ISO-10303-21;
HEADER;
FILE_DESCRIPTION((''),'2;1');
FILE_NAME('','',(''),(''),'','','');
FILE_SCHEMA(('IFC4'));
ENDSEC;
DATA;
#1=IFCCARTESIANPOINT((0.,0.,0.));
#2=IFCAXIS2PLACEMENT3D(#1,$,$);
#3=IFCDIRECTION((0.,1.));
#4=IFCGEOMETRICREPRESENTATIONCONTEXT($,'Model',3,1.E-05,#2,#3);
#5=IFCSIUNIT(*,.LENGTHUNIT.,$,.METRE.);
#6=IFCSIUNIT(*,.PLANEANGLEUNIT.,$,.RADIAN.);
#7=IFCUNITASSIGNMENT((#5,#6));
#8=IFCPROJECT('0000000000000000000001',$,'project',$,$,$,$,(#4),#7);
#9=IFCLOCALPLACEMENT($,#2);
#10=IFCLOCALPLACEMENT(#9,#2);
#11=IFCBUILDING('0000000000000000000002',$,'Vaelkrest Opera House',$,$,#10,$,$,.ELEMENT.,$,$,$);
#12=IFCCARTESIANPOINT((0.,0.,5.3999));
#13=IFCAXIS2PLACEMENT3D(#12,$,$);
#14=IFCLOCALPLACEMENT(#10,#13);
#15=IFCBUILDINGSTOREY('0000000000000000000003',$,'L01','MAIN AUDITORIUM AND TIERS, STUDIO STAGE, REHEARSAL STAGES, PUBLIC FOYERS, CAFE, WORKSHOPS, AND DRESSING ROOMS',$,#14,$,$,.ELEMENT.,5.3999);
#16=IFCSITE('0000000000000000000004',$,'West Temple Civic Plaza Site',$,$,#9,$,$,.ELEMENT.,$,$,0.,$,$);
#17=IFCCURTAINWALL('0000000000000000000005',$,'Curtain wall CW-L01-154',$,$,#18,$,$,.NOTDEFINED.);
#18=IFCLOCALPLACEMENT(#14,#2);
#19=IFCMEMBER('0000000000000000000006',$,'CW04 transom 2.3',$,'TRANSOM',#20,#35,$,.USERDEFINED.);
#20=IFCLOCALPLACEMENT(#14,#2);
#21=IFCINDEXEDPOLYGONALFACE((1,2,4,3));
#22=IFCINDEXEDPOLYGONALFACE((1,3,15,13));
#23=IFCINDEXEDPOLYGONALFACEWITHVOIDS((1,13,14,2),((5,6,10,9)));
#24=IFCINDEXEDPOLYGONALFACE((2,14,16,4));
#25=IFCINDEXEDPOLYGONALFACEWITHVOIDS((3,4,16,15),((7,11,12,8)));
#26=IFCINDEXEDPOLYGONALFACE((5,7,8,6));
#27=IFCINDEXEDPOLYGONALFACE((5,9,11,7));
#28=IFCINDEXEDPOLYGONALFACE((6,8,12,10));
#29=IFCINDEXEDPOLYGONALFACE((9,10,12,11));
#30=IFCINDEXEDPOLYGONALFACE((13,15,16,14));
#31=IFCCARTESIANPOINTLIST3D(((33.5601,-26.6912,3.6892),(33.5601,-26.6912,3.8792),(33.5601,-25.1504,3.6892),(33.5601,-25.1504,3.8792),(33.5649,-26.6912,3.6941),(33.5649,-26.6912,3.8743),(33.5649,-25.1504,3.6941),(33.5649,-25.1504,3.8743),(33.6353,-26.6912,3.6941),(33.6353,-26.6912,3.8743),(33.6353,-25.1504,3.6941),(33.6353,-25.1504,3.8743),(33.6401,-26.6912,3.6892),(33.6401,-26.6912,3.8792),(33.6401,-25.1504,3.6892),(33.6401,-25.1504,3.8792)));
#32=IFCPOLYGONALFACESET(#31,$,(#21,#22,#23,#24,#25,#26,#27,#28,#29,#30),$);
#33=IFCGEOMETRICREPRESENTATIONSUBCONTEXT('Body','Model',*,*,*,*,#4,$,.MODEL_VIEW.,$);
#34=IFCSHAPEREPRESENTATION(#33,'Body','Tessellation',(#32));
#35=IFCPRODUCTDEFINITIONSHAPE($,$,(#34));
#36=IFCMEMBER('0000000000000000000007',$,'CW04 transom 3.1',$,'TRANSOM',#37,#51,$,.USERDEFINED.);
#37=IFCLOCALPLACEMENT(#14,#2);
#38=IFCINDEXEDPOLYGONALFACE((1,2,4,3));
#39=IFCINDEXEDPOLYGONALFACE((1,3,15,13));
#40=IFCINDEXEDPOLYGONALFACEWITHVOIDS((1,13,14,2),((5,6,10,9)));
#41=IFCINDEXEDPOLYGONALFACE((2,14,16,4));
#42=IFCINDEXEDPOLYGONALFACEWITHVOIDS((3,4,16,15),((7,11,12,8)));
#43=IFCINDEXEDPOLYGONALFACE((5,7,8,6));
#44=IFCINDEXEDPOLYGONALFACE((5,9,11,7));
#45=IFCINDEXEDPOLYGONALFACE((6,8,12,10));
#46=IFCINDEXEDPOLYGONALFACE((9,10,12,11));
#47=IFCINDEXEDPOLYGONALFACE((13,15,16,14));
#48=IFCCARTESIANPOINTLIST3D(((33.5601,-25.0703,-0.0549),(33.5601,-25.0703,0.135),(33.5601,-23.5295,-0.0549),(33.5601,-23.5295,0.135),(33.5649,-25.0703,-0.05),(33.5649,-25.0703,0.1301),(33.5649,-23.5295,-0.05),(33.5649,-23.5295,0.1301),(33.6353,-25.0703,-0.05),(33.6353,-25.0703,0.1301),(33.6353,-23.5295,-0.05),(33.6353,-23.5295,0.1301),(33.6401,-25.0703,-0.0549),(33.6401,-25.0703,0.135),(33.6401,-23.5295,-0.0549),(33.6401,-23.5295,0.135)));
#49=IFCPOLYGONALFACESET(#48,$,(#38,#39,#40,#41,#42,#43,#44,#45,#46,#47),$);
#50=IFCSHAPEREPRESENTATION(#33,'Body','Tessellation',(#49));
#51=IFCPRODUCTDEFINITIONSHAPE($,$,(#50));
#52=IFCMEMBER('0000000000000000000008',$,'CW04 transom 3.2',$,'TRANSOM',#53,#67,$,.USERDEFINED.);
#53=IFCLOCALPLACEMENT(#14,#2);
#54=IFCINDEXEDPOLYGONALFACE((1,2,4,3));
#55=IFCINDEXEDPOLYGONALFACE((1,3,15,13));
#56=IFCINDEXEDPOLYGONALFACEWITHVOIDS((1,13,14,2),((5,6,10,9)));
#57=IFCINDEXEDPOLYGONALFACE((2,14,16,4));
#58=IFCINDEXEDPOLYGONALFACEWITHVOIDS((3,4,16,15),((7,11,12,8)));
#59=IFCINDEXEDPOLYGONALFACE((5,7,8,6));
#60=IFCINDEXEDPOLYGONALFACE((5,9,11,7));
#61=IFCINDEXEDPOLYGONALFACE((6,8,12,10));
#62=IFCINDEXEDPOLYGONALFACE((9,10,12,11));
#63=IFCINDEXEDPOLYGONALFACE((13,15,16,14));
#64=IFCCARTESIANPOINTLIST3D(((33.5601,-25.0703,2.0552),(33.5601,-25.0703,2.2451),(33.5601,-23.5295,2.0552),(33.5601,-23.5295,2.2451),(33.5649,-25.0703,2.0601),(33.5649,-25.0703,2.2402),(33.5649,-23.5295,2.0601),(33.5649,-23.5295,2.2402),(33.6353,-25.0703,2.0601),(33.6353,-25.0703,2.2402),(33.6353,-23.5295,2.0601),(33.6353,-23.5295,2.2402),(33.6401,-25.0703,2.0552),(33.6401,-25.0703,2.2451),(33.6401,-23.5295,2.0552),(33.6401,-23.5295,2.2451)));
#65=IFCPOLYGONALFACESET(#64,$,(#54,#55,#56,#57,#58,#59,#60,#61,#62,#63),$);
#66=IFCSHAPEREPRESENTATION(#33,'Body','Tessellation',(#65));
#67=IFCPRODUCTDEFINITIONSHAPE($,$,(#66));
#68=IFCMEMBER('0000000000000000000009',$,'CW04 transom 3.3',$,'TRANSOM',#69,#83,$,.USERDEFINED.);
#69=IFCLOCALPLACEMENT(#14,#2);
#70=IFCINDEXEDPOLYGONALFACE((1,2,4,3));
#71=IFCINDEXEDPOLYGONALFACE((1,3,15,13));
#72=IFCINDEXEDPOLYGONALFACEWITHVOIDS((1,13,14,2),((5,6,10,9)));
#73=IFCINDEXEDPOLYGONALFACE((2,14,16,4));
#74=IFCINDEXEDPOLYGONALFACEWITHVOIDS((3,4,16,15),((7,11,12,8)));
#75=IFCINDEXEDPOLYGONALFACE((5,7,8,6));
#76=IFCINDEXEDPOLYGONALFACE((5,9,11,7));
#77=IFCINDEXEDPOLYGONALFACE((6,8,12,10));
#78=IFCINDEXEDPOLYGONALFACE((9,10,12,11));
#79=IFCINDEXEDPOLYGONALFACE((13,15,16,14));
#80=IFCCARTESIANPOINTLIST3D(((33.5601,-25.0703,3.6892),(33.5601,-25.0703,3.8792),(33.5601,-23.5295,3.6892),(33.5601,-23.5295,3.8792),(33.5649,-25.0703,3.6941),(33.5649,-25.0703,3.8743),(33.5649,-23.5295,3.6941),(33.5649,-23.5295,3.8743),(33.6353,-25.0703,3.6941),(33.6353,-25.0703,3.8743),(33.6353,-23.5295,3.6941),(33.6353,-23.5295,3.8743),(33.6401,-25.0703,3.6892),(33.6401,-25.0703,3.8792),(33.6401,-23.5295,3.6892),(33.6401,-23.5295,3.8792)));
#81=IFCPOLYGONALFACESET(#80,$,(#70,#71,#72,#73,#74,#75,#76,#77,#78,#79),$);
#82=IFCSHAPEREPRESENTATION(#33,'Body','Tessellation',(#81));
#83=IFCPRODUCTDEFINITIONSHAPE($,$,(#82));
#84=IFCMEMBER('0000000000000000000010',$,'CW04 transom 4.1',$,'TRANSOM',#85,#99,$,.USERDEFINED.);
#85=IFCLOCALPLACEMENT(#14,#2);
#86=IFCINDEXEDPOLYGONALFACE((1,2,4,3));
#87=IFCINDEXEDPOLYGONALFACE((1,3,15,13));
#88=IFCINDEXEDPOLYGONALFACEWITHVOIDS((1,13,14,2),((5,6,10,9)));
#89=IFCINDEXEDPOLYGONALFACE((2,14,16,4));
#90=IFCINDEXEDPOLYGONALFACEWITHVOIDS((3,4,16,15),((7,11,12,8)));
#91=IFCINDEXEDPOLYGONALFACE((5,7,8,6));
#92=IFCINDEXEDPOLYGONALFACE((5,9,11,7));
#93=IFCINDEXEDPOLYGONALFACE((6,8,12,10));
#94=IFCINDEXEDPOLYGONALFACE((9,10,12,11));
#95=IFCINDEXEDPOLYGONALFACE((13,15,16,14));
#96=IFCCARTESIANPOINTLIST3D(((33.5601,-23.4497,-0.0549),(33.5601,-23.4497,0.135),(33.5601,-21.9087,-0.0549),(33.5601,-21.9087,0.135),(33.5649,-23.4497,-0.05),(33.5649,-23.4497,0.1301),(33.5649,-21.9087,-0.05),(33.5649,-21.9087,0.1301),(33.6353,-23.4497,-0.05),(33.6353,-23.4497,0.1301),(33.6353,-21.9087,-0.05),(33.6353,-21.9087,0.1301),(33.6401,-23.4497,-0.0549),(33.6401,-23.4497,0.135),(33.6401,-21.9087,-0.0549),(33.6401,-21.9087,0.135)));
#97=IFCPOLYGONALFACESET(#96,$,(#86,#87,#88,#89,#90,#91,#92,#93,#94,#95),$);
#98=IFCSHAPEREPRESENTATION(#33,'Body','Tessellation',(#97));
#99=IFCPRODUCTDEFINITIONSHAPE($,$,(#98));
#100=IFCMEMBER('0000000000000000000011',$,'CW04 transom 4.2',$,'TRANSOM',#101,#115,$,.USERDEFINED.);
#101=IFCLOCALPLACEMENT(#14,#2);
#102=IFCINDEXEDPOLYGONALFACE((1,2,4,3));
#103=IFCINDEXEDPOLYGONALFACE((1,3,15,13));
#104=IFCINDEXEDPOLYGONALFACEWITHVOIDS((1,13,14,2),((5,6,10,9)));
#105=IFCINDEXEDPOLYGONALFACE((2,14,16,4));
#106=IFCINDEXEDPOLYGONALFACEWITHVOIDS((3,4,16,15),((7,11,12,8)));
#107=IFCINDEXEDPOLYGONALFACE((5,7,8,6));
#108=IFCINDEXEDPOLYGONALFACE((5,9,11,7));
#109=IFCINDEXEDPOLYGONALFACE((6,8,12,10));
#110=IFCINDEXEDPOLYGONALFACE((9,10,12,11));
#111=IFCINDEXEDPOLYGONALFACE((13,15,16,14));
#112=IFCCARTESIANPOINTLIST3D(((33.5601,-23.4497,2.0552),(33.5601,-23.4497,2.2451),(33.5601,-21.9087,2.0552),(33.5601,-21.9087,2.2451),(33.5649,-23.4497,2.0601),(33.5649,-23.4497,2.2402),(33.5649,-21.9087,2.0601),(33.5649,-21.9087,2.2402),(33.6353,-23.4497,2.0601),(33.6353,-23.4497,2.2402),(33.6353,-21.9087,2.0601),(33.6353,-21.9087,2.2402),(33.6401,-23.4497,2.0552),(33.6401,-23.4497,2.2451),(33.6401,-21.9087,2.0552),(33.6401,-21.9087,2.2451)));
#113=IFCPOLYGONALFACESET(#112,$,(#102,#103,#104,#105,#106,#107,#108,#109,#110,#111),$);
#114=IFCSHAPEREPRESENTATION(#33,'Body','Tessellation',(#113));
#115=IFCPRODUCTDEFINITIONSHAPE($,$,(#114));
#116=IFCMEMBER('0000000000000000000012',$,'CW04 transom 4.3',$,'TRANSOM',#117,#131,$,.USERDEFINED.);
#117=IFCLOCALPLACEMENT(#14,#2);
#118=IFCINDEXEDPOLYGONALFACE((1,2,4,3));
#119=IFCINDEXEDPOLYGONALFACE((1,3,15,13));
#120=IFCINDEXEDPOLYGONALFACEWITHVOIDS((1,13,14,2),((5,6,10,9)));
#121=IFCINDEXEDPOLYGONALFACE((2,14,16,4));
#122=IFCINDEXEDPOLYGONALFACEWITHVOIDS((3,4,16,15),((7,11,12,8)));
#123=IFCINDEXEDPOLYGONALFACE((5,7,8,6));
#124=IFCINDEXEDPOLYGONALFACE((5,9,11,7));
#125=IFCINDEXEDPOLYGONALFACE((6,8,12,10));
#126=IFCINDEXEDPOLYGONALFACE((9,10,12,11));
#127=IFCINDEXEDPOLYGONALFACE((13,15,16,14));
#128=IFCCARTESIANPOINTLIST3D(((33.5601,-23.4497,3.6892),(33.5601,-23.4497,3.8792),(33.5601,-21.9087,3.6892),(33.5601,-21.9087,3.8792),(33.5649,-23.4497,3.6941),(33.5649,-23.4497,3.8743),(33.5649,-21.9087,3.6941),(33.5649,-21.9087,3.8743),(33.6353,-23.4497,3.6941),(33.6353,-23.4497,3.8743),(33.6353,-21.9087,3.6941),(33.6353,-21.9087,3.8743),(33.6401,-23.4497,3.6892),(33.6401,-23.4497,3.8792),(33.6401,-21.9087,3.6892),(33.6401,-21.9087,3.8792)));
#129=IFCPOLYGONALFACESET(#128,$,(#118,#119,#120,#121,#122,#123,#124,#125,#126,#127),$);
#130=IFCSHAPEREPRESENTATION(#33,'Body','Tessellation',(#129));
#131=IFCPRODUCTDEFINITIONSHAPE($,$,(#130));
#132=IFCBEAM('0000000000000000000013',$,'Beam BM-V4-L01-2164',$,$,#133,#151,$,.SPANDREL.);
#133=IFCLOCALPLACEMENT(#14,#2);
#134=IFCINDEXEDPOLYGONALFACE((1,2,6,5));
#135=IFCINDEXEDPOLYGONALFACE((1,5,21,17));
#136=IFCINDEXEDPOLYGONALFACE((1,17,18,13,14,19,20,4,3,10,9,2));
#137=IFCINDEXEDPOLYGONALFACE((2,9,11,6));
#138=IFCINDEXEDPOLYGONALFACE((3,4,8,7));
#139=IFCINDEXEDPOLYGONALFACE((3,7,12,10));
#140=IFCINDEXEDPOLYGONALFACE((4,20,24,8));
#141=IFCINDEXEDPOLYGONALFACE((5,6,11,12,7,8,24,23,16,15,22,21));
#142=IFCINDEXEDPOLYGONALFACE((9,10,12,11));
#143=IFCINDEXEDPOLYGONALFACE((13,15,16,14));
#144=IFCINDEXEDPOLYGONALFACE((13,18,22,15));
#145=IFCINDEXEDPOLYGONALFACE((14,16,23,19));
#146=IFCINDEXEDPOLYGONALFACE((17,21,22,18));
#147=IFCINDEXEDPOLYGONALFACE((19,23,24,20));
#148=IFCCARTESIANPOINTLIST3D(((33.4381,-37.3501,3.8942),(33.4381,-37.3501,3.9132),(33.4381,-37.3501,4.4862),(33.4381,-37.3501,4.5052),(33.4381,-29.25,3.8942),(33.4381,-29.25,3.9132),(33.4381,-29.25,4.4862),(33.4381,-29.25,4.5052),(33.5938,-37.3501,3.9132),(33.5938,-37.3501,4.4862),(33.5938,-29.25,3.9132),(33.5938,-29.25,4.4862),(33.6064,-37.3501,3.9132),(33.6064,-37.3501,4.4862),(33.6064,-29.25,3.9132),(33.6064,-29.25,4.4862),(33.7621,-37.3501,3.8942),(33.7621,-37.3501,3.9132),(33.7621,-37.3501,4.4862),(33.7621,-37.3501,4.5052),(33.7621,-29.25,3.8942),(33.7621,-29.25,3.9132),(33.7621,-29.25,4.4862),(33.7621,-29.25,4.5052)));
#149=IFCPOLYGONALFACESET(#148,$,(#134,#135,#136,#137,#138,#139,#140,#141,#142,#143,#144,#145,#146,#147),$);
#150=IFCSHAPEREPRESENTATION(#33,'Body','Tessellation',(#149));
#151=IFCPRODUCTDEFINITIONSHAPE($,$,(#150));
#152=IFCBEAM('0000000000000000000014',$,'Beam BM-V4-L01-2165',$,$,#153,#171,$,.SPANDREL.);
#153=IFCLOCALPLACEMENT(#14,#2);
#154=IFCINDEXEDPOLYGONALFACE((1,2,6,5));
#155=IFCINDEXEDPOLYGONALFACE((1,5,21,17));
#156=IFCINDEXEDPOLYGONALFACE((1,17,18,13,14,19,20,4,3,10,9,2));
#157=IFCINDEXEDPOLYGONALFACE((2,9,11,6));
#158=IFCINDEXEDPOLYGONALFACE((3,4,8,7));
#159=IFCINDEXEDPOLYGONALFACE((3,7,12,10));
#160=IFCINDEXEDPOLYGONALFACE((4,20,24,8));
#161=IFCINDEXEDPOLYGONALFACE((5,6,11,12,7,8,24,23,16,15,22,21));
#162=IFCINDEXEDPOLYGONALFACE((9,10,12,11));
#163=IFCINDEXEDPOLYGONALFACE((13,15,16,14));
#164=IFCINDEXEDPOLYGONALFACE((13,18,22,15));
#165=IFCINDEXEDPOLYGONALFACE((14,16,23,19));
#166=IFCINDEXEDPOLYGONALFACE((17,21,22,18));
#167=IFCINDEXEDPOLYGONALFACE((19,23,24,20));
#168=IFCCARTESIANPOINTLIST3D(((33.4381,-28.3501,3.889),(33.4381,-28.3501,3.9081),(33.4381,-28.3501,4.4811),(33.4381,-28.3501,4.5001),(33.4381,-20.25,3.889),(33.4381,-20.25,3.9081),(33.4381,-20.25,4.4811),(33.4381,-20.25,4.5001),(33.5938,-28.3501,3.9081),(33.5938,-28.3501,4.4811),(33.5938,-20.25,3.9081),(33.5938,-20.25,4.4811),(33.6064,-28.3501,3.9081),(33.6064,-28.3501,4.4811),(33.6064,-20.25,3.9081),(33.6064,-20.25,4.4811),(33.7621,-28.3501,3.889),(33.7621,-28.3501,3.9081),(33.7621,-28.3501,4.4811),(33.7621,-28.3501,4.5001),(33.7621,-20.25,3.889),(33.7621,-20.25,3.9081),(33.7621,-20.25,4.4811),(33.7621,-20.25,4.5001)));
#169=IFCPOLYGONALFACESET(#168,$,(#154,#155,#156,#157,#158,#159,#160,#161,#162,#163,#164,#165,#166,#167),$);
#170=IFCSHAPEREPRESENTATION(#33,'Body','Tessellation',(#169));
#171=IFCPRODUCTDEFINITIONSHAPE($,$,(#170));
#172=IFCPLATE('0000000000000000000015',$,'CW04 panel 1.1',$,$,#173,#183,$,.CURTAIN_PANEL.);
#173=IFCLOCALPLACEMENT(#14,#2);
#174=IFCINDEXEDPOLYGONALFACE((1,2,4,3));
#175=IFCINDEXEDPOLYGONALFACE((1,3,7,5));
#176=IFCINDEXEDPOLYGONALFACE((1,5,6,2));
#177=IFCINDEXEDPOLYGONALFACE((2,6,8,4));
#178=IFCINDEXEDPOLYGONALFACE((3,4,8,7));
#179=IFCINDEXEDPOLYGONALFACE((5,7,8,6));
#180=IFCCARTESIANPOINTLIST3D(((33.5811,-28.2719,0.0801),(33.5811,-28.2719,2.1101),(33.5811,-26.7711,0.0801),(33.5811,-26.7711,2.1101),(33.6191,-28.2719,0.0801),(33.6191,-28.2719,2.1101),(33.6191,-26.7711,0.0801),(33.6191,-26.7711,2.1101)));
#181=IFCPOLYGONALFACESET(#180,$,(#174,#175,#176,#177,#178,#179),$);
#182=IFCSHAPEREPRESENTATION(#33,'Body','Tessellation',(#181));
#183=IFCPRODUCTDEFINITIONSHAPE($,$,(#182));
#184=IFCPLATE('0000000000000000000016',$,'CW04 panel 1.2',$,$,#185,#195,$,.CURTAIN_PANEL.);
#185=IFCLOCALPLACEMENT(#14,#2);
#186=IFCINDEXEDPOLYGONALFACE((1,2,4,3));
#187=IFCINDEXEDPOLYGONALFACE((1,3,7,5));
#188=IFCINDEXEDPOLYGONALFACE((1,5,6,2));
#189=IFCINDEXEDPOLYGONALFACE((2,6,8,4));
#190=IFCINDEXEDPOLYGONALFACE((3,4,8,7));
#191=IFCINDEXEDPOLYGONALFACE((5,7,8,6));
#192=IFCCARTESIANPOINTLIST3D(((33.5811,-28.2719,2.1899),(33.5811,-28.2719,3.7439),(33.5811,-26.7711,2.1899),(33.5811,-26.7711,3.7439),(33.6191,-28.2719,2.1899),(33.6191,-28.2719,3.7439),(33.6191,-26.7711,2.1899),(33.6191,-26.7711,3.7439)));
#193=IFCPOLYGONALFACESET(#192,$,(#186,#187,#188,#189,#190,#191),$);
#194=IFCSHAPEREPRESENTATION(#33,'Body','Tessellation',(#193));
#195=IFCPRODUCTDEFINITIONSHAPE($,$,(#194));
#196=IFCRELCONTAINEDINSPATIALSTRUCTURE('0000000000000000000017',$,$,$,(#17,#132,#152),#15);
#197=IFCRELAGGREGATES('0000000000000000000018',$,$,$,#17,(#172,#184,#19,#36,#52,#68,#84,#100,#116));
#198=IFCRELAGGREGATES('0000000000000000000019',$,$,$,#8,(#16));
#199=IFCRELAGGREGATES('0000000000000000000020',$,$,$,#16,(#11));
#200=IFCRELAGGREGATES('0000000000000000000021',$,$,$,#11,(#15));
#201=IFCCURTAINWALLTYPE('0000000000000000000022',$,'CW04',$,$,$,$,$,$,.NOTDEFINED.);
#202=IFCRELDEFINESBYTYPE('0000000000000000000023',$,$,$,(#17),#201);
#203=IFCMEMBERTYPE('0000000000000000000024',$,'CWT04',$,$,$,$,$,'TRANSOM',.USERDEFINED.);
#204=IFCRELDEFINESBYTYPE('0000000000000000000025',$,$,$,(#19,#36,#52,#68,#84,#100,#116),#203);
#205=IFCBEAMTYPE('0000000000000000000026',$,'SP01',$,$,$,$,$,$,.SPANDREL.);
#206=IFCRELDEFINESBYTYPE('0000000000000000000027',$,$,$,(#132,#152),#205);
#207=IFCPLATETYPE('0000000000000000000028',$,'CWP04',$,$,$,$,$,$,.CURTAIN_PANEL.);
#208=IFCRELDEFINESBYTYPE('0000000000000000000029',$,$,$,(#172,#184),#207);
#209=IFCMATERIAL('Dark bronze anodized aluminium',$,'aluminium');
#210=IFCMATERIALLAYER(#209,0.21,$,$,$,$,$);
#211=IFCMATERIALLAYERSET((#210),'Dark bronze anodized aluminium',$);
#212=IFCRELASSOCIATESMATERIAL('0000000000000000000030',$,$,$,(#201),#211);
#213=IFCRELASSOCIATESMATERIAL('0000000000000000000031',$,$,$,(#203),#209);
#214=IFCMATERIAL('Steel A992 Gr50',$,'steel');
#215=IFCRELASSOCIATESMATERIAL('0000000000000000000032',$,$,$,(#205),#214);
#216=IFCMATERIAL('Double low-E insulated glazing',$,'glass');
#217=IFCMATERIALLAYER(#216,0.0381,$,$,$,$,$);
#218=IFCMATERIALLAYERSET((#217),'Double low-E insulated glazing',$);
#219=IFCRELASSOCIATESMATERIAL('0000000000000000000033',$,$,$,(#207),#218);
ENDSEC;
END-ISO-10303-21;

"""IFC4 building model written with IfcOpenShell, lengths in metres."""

from ifc_helpers import new_model, si_unit, direction, frame, origin, origin_2d, place, context, subcontext, project, spatial, rectangle, hollow_rectangle, i_section, extrude, material, layer, layer_set, material_profile, profile_set, type_object, element, aggregate, save


model = new_model("IFC4")

# Units and contexts
model_context = context("Model", 3, precision=1e-05, world=origin(), true_north=direction((0.0, 1.0)))
body_context = subcontext(model_context, "Body", "Model", "MODEL_VIEW")
ifc_project = project(units=[si_unit("LENGTHUNIT", "METRE"), si_unit("PLANEANGLEUNIT", "RADIAN")], contexts=[model_context])

# Site, building, storey
site_placement = place(None, origin())
site = spatial("IfcSite", under=ifc_project, at=site_placement, Name="West Temple Civic Plaza Site", CompositionType="ELEMENT", RefElevation=0.0)
building_placement = place(site_placement, origin())
building = spatial("IfcBuilding", under=site, at=building_placement, Name="Vaelkrest Opera House", CompositionType="ELEMENT")
storey_placement = place(building_placement, frame((0.0, 0.0, 5.3999)))
storey = spatial("IfcBuildingStorey", under=building, at=storey_placement, Name="L01", Description="MAIN AUDITORIUM AND TIERS, STUDIO STAGE, REHEARSAL STAGES, PUBLIC FOYERS, CAFE, WORKSHOPS, AND DRESSING ROOMS", CompositionType="ELEMENT", Elevation=5.3999)

# Curtain wall, members
ifc_material_1 = material(Name="Dark bronze anodized aluminium", Category="aluminium")
ifc_layer_1 = layer(ifc_material_1, 0.21)
ifc_layer_set_1 = layer_set([ifc_layer_1], Name="Dark bronze anodized aluminium")
curtain_wall_type = type_object("IfcCurtainWallType", Name="CW04", PredefinedType="NOTDEFINED", material=ifc_layer_set_1)
curtain_wall_placement = place(storey_placement, origin())
curtain_wall = element("IfcCurtainWall", 1, at=curtain_wall_placement, inside=storey, type_object=curtain_wall_type, Name="Curtain wall CW-L01-154", PredefinedType="NOTDEFINED")
ifc_material_profile_1 = material_profile(ifc_material_1, hollow_rectangle(XDim=0.0801, YDim=0.1899, WallThickness=0.0049, at=origin_2d()), Name="CWT80X190")
ifc_profile_set_1 = profile_set([ifc_material_profile_1], Name="Dark bronze anodized aluminium")
member_type_1 = type_object("IfcMemberType", Name="CWT04", ElementType="TRANSOM", PredefinedType="USERDEFINED", material=ifc_profile_set_1)
member_1_placement = place(storey_placement, frame((33.6001, -26.6912, 3.7842), z_axis=(0.0, 1.0, 0.0), x_axis=(-1.0, 0.0, 0.0)))
member_1 = element("IfcMember", 2, at=member_1_placement, type_object=member_type_1, Name="CW04 transom 2.3", ObjectType="TRANSOM", PredefinedType="USERDEFINED", context=body_context, shape_type="SweptSolid", body=[
    extrude(hollow_rectangle(XDim=0.0801, YDim=0.1899, WallThickness=0.0049, at=origin_2d()), origin(), (0.0, 0.0, 1.0), 1.5408),
])
member_2_placement = place(storey_placement, frame((33.6001, -25.0703, 0.04), z_axis=(0.0, 1.0, 0.0), x_axis=(-1.0, 0.0, 0.0)))
member_2 = element("IfcMember", 3, at=member_2_placement, type_object=member_type_1, Name="CW04 transom 3.1", ObjectType="TRANSOM", PredefinedType="USERDEFINED", context=body_context, shape_type="SweptSolid", body=[
    extrude(hollow_rectangle(XDim=0.0801, YDim=0.1899, WallThickness=0.0049, at=origin_2d()), origin(), (0.0, 0.0, 1.0), 1.5408),
])
member_3_placement = place(storey_placement, frame((33.6001, -25.0703, 2.1501), z_axis=(0.0, 1.0, 0.0), x_axis=(-1.0, 0.0, 0.0)))
member_3 = element("IfcMember", 4, at=member_3_placement, type_object=member_type_1, Name="CW04 transom 3.2", ObjectType="TRANSOM", PredefinedType="USERDEFINED", context=body_context, shape_type="SweptSolid", body=[
    extrude(hollow_rectangle(XDim=0.0801, YDim=0.1899, WallThickness=0.0049, at=origin_2d()), origin(), (0.0, 0.0, 1.0), 1.5408),
])
member_4_placement = place(storey_placement, frame((33.6001, -25.0703, 3.7842), z_axis=(0.0, 1.0, 0.0), x_axis=(-1.0, 0.0, 0.0)))
member_4 = element("IfcMember", 5, at=member_4_placement, type_object=member_type_1, Name="CW04 transom 3.3", ObjectType="TRANSOM", PredefinedType="USERDEFINED", context=body_context, shape_type="SweptSolid", body=[
    extrude(hollow_rectangle(XDim=0.0801, YDim=0.1899, WallThickness=0.0049, at=origin_2d()), origin(), (0.0, 0.0, 1.0), 1.5408),
])
member_5_placement = place(storey_placement, frame((33.6001, -23.4497, 0.04), z_axis=(0.0, 1.0, 0.0), x_axis=(-1.0, 0.0, 0.0)))
member_5 = element("IfcMember", 6, at=member_5_placement, type_object=member_type_1, Name="CW04 transom 4.1", ObjectType="TRANSOM", PredefinedType="USERDEFINED", context=body_context, shape_type="SweptSolid", body=[
    extrude(hollow_rectangle(XDim=0.0801, YDim=0.1899, WallThickness=0.0049, at=origin_2d()), origin(), (0.0, 0.0, 1.0), 1.541),
])
member_6_placement = place(storey_placement, frame((33.6001, -23.4497, 2.1501), z_axis=(0.0, 1.0, 0.0), x_axis=(-1.0, 0.0, 0.0)))
member_6 = element("IfcMember", 7, at=member_6_placement, type_object=member_type_1, Name="CW04 transom 4.2", ObjectType="TRANSOM", PredefinedType="USERDEFINED", context=body_context, shape_type="SweptSolid", body=[
    extrude(hollow_rectangle(XDim=0.0801, YDim=0.1899, WallThickness=0.0049, at=origin_2d()), origin(), (0.0, 0.0, 1.0), 1.541),
])
member_7_placement = place(storey_placement, frame((33.6001, -23.4497, 3.7842), z_axis=(0.0, 1.0, 0.0), x_axis=(-1.0, 0.0, 0.0)))
member_7 = element("IfcMember", 8, at=member_7_placement, type_object=member_type_1, Name="CW04 transom 4.3", ObjectType="TRANSOM", PredefinedType="USERDEFINED", context=body_context, shape_type="SweptSolid", body=[
    extrude(hollow_rectangle(XDim=0.0801, YDim=0.1899, WallThickness=0.0049, at=origin_2d()), origin(), (0.0, 0.0, 1.0), 1.541),
])

# Beams
ifc_material_2 = material(Name="Steel A992 Gr50", Category="steel")
ifc_material_profile_2 = material_profile(ifc_material_2, i_section(OverallWidth=0.324, OverallDepth=0.6111, WebThickness=0.0127, FlangeThickness=0.019, at=origin_2d()), Name="W24X104")
ifc_profile_set_2 = profile_set([ifc_material_profile_2], Name="Steel A992 Gr50")
beam_type = type_object("IfcBeamType", Name="SP01", PredefinedType="SPANDREL", material=ifc_profile_set_2)
for number, where, z_axis, x_axis, name in (
    (9, (33.6001, -37.3501, 4.1997), (0.0, 1.0, 0.0), (-1.0, 0.0, 0.0), "Beam BM-V4-L01-2164"),
    (10, (33.6001, -28.3501, 4.1946), (0.0, 1.0, 0.0), (-1.0, 0.0, 0.0), "Beam BM-V4-L01-2165"),
):
    element("IfcBeam", number, at=place(storey_placement, frame(where, z_axis=z_axis, x_axis=x_axis)), inside=storey, type_object=beam_type, Name=name, PredefinedType="SPANDREL", context=body_context, shape_type="SweptSolid", body=[
        extrude(i_section(OverallWidth=0.324, OverallDepth=0.6111, WebThickness=0.0127, FlangeThickness=0.019, at=origin_2d()), origin(), (0.0, 0.0, 1.0), 8.1001),
    ])

# Plates
ifc_material_3 = material(Name="Double low-E insulated glazing", Category="glass")
ifc_layer_2 = layer(ifc_material_3, 0.0381)
ifc_layer_set_2 = layer_set([ifc_layer_2], Name="Double low-E insulated glazing")
plate_type = type_object("IfcPlateType", Name="CWP04", PredefinedType="CURTAIN_PANEL", material=ifc_layer_set_2)
plate_1_placement = place(storey_placement, frame((33.6001, -27.5215, 0.0801), z_axis=(0.0, 0.0, 1.0), x_axis=(0.0, 1.0, 0.0)))
plate_1 = element("IfcPlate", 11, at=plate_1_placement, type_object=plate_type, Name="CW04 panel 1.1", PredefinedType="CURTAIN_PANEL", context=body_context, shape_type="SweptSolid", body=[
    extrude(rectangle(XDim=1.5007, YDim=0.0381, at=origin_2d()), origin(), (0.0, 0.0, 1.0), 2.03),
])
plate_2_placement = place(storey_placement, frame((33.6001, -27.5215, 2.1899), z_axis=(0.0, 0.0, 1.0), x_axis=(0.0, 1.0, 0.0)))
plate_2 = element("IfcPlate", 12, at=plate_2_placement, type_object=plate_type, Name="CW04 panel 1.2", PredefinedType="CURTAIN_PANEL", context=body_context, shape_type="SweptSolid", body=[
    extrude(rectangle(XDim=1.5007, YDim=0.0381, at=origin_2d()), origin(), (0.0, 0.0, 1.0), 1.554),
])
aggregate(curtain_wall, [plate_1, plate_2, member_1, member_2, member_3, member_4, member_5, member_6, member_7])

save(model, "model.ifc")
